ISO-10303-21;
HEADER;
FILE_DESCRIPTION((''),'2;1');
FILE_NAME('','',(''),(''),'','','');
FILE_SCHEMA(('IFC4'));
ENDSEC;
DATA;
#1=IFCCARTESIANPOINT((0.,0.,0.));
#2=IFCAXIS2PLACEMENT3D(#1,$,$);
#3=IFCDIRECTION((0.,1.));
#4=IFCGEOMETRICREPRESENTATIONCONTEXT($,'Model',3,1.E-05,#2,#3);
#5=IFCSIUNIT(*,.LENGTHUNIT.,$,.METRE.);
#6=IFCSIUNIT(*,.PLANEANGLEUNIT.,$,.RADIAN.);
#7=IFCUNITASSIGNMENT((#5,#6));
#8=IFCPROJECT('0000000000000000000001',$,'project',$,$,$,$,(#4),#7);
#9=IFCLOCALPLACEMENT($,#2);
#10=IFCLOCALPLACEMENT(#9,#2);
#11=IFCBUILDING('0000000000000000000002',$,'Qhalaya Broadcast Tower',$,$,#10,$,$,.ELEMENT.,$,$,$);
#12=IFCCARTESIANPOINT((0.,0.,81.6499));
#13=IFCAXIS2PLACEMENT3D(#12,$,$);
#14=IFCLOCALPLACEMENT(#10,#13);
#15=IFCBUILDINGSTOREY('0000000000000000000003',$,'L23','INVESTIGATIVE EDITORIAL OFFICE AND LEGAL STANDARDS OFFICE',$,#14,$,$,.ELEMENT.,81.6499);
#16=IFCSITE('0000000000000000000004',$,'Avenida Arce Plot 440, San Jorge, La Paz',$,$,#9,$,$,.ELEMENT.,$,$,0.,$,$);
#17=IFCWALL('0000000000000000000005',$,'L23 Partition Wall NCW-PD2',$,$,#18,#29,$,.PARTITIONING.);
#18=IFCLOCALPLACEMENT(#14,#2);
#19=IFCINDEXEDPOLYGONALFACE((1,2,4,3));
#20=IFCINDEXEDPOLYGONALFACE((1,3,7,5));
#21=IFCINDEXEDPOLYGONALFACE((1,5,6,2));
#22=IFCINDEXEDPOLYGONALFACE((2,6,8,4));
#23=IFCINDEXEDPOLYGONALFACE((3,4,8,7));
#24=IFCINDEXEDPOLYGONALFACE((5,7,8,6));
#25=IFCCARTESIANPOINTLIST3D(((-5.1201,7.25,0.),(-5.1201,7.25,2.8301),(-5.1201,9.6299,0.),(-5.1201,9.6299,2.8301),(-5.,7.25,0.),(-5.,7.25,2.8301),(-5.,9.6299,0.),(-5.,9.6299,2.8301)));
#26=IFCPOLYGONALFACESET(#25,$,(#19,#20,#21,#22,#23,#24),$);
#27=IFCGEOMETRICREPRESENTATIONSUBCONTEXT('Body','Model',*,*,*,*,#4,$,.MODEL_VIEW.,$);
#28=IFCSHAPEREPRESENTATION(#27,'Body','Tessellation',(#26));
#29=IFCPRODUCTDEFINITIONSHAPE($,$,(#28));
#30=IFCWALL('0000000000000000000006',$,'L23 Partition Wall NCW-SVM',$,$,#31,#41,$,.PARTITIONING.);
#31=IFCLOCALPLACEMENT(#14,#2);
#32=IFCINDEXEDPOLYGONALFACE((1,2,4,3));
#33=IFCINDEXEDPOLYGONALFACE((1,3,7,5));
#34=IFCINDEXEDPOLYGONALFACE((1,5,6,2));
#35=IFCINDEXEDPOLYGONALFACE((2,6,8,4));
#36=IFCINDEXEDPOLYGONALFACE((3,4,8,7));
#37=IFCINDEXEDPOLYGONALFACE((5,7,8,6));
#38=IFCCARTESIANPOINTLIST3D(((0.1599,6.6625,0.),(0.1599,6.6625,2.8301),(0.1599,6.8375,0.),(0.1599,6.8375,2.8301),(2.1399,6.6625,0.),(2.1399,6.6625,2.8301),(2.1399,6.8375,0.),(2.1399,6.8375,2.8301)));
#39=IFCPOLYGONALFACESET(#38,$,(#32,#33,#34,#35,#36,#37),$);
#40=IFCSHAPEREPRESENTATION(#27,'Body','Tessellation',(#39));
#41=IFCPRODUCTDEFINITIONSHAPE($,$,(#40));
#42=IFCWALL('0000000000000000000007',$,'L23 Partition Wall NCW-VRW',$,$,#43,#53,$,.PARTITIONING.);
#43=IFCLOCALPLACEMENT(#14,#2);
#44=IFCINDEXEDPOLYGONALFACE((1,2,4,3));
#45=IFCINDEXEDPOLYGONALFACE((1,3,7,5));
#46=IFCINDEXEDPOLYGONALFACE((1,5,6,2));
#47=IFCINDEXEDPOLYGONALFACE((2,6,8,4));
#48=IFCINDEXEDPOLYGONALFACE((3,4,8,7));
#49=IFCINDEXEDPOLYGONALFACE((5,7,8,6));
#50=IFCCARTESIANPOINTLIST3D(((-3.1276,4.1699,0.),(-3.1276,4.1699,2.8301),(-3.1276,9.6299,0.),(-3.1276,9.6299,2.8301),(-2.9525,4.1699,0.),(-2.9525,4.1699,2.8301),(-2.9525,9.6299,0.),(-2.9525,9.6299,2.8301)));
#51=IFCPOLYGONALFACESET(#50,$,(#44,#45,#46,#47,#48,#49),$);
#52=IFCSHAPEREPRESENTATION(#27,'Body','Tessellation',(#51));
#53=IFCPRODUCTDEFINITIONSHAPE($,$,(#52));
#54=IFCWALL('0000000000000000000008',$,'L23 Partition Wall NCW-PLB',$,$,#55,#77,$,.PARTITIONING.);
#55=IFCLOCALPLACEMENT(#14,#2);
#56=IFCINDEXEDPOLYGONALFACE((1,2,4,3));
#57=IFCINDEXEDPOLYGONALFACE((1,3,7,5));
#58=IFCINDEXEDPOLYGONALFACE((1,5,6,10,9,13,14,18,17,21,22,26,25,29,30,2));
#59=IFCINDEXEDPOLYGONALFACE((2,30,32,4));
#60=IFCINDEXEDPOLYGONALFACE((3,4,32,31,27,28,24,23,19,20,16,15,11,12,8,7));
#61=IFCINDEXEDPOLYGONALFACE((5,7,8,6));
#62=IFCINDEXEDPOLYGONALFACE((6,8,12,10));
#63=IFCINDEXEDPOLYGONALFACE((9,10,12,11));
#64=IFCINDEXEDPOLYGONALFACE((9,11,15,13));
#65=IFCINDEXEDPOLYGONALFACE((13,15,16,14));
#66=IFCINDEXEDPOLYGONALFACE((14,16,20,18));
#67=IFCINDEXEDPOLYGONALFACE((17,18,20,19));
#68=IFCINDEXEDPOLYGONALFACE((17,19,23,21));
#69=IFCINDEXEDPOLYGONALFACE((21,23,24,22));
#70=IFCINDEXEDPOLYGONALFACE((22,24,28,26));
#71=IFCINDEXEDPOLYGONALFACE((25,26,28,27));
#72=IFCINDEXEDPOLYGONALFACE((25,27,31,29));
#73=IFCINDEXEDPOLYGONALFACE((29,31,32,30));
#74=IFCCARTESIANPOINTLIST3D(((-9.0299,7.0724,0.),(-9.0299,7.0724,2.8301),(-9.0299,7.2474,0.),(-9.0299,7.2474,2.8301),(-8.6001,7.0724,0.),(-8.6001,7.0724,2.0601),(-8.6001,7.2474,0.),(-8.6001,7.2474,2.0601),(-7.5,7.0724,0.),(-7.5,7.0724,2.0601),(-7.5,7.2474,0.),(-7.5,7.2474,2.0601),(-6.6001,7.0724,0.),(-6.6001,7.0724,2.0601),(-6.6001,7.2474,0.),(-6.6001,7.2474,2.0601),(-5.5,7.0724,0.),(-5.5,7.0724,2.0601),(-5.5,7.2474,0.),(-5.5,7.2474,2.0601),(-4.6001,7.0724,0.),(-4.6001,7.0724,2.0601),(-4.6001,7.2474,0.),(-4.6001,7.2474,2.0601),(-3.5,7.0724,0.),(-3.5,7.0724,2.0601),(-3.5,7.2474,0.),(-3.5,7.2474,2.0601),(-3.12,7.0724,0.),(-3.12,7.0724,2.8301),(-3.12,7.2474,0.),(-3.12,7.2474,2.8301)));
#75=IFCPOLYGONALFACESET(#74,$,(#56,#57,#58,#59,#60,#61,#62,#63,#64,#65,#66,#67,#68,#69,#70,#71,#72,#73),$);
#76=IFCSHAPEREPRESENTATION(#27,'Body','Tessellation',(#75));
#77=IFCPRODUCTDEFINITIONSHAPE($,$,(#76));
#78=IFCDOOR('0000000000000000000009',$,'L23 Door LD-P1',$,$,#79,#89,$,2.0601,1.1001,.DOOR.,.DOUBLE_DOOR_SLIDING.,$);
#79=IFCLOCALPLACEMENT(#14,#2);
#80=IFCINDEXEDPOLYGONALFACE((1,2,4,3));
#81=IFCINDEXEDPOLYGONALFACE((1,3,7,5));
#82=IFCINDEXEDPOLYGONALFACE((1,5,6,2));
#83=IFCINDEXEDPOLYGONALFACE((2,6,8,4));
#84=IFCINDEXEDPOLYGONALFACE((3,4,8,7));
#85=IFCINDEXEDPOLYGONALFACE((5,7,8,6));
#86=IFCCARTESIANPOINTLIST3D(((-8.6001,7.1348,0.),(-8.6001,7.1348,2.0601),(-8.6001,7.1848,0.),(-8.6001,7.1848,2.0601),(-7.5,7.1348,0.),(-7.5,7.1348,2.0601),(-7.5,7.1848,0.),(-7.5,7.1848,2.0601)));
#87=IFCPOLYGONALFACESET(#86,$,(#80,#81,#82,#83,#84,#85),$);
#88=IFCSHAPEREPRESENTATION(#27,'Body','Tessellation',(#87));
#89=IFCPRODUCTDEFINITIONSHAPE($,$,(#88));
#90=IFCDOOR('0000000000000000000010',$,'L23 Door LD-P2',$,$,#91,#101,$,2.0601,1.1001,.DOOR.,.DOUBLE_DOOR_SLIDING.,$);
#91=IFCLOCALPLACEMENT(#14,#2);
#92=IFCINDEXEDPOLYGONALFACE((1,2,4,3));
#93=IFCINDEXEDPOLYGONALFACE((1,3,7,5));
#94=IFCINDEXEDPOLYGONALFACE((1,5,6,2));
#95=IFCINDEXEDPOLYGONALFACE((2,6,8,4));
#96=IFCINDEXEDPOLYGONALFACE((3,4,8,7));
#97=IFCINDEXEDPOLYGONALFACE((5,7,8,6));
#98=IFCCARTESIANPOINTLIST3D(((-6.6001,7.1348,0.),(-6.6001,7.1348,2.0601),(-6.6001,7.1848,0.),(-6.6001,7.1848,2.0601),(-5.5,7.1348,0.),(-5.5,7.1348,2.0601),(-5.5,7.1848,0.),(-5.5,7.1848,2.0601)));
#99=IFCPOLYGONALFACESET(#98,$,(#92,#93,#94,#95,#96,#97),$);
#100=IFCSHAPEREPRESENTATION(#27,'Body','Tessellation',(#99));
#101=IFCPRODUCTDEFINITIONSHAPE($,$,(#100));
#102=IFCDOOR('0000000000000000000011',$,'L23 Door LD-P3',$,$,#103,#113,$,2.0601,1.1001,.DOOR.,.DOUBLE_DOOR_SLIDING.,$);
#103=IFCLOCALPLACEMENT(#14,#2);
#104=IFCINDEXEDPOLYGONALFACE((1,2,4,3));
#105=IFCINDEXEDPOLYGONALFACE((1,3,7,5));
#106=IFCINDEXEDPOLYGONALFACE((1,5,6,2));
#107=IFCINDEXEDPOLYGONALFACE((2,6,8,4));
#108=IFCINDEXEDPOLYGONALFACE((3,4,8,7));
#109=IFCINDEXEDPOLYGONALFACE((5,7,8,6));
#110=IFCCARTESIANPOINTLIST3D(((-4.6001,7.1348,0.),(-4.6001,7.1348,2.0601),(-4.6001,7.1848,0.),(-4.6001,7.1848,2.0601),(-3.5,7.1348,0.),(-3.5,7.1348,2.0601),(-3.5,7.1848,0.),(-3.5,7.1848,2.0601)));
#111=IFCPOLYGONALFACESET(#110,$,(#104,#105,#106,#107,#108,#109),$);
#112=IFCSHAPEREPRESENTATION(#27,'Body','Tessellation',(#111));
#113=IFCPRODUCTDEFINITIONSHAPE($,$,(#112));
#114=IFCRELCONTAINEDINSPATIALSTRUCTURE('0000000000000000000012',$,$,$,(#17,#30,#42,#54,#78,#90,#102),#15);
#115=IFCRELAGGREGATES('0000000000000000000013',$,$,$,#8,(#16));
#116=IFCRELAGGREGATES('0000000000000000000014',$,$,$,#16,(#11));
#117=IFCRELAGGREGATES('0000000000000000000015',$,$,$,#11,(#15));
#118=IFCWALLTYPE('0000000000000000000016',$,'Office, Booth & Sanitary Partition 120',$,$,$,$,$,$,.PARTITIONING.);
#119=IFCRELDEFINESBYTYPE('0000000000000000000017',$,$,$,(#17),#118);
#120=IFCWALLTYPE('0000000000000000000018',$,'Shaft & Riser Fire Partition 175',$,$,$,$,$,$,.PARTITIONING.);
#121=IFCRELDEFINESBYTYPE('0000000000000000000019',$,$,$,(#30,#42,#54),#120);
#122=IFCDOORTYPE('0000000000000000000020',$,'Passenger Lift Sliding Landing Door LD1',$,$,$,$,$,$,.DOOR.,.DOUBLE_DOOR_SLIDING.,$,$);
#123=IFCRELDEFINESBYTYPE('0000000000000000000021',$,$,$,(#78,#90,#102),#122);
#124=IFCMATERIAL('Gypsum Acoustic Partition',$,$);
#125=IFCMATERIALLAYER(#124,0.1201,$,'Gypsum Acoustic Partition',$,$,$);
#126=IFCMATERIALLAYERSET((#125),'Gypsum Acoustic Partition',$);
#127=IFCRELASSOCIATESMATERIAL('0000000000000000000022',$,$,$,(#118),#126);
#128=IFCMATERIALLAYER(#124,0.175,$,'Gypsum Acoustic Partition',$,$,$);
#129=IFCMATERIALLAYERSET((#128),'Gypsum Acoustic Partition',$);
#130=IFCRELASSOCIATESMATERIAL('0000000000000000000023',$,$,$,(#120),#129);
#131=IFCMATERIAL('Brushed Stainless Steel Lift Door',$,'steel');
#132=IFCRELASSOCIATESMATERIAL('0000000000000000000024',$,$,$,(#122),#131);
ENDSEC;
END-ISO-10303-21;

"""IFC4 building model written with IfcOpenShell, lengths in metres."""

from ifc_helpers import new_model, si_unit, direction, frame, frame_2d, origin, place, context, subcontext, project, spatial, rectangle, extrude, material, layer, layer_set, type_object, element, fill, save


model = new_model("IFC4")

# Units and contexts
model_context = context("Model", 3, precision=1e-05, world=origin(), true_north=direction((0.0, 1.0)))
body_context = subcontext(model_context, "Body", "Model", "MODEL_VIEW")
ifc_project = project(units=[si_unit("LENGTHUNIT", "METRE"), si_unit("PLANEANGLEUNIT", "RADIAN")], contexts=[model_context])

# Site, building, storey
site_placement = place(None, origin())
site = spatial("IfcSite", under=ifc_project, at=site_placement, Name="Avenida Arce Plot 440, San Jorge, La Paz", CompositionType="ELEMENT", RefElevation=0.0)
building_placement = place(site_placement, origin())
building = spatial("IfcBuilding", under=site, at=building_placement, Name="Qhalaya Broadcast Tower", CompositionType="ELEMENT")
storey_placement = place(building_placement, frame((0.0, 0.0, 81.6499)))
storey = spatial("IfcBuildingStorey", under=building, at=storey_placement, Name="L23", Description="INVESTIGATIVE EDITORIAL OFFICE AND LEGAL STANDARDS OFFICE", CompositionType="ELEMENT", Elevation=81.6499)

# Shared definitions
ifc_material_1 = material(Name="Gypsum Acoustic Partition")

# Wall
ifc_layer_1 = layer(ifc_material_1, 0.1201, Name="Gypsum Acoustic Partition")
ifc_layer_set_1 = layer_set([ifc_layer_1], Name="Gypsum Acoustic Partition")
wall_type_1 = type_object("IfcWallType", Name="Office, Booth & Sanitary Partition 120", PredefinedType="PARTITIONING", material=ifc_layer_set_1)
for number, where, z_axis, x_axis, name in (
    (1, (-5.0601, 7.25, 0.0), (0.0, 0.0, 1.0), (0.0, 1.0, 0.0), "L23 Partition Wall NCW-PD2"),
):
    element("IfcWall", number, at=place(storey_placement, frame(where, z_axis=z_axis, x_axis=x_axis)), inside=storey, type_object=wall_type_1, Name=name, PredefinedType="PARTITIONING", context=body_context, shape_type="SweptSolid", body=[
        extrude(rectangle(XDim=2.3799, YDim=0.1201, at=frame_2d((1.1899, 0.0))), origin(), (0.0, 0.0, 1.0), 2.8301),
    ])

# Shared definitions
ifc_layer_2 = layer(ifc_material_1, 0.175, Name="Gypsum Acoustic Partition")
ifc_layer_set_2 = layer_set([ifc_layer_2], Name="Gypsum Acoustic Partition")
wall_type_2 = type_object("IfcWallType", Name="Shaft & Riser Fire Partition 175", PredefinedType="PARTITIONING", material=ifc_layer_set_2)
ifc_material_2 = material(Name="Brushed Stainless Steel Lift Door", Category="steel")

# Walls
wall_1_placement = place(storey_placement, frame((0.1599, 6.75, 0.0), z_axis=(0.0, 0.0, 1.0), x_axis=(1.0, 0.0, 0.0)))
element("IfcWall", 2, at=wall_1_placement, inside=storey, type_object=wall_type_2, Name="L23 Partition Wall NCW-SVM", PredefinedType="PARTITIONING", context=body_context, shape_type="SweptSolid", body=[
    extrude(rectangle(XDim=1.98, YDim=0.175, at=frame_2d((0.99, 0.0))), origin(), (0.0, 0.0, 1.0), 2.8301),
])
wall_2_placement = place(storey_placement, frame((-3.04, 4.1699, 0.0), z_axis=(0.0, 0.0, 1.0), x_axis=(0.0, 1.0, 0.0)))
element("IfcWall", 3, at=wall_2_placement, inside=storey, type_object=wall_type_2, Name="L23 Partition Wall NCW-VRW", PredefinedType="PARTITIONING", context=body_context, shape_type="SweptSolid", body=[
    extrude(rectangle(XDim=5.46, YDim=0.175, at=frame_2d((2.73, 0.0))), origin(), (0.0, 0.0, 1.0), 2.8301),
])

# Wall, openings, doors
wall_3_placement = place(storey_placement, frame((-9.03, 7.1599, 0.0), z_axis=(0.0, 0.0, 1.0), x_axis=(1.0, 0.0, 0.0)))
wall_3 = element("IfcWall", 4, at=wall_3_placement, inside=storey, type_object=wall_type_2, Name="L23 Partition Wall NCW-PLB", PredefinedType="PARTITIONING", context=body_context, shape_type="SweptSolid", body=[
    extrude(rectangle(XDim=5.9099, YDim=0.175, at=frame_2d((2.9551, 0.0))), origin(), (0.0, 0.0, 1.0), 2.8301),
])
opening_1_placement = place(wall_3_placement, frame((0.4299, 0.0, 0.0)))
opening_1 = element("IfcOpeningElement", 5, at=opening_1_placement, cuts=wall_3, PredefinedType="OPENING", context=body_context, shape_type="SweptSolid", body=[
    extrude(rectangle(XDim=1.1001, YDim=2.0601, at=frame_2d((0.55, 1.03))), frame((0.0, 0.0996, 0.0), z_axis=(0.0, -1.0, 0.0), x_axis=(1.0, 0.0, 0.0)), (0.0, 0.0, 1.0), 0.199),
])
opening_2_placement = place(wall_3_placement, frame((2.4299, 0.0, 0.0)))
opening_2 = element("IfcOpeningElement", 6, at=opening_2_placement, cuts=wall_3, PredefinedType="OPENING", context=body_context, shape_type="SweptSolid", body=[
    extrude(rectangle(XDim=1.1001, YDim=2.0601, at=frame_2d((0.55, 1.03))), frame((0.0, 0.0996, 0.0), z_axis=(0.0, -1.0, 0.0), x_axis=(1.0, 0.0, 0.0)), (0.0, 0.0, 1.0), 0.199),
])
opening_3_placement = place(wall_3_placement, frame((4.4299, 0.0, 0.0)))
opening_3 = element("IfcOpeningElement", 7, at=opening_3_placement, cuts=wall_3, PredefinedType="OPENING", context=body_context, shape_type="SweptSolid", body=[
    extrude(rectangle(XDim=1.1001, YDim=2.0601, at=frame_2d((0.55, 1.03))), frame((0.0, 0.0996, 0.0), z_axis=(0.0, -1.0, 0.0), x_axis=(1.0, 0.0, 0.0)), (0.0, 0.0, 1.0), 0.199),
])
door_type_1 = type_object("IfcDoorType", Name="Passenger Lift Sliding Landing Door LD1", OperationType="DOUBLE_DOOR_SLIDING", PredefinedType="DOOR", material=ifc_material_2)
door_1_placement = place(opening_1_placement, origin())
door_1 = element("IfcDoor", 8, at=door_1_placement, inside=storey, type_object=door_type_1, Name="L23 Door LD-P1", OperationType="DOUBLE_DOOR_SLIDING", OverallHeight=2.0601, OverallWidth=1.1001, PredefinedType="DOOR", context=body_context, shape_type="SweptSolid", body=[
    extrude(rectangle(XDim=1.1001, YDim=2.0601, at=frame_2d((0.55, 1.03))), frame((0.0, 0.0249, 0.0), z_axis=(0.0, -1.0, 0.0), x_axis=(1.0, 0.0, 0.0)), (0.0, 0.0, 1.0), 0.05),
])
fill(opening_1, door_1)
door_2_placement = place(opening_2_placement, origin())
door_2 = element("IfcDoor", 9, at=door_2_placement, inside=storey, type_object=door_type_1, Name="L23 Door LD-P2", OperationType="DOUBLE_DOOR_SLIDING", OverallHeight=2.0601, OverallWidth=1.1001, PredefinedType="DOOR", context=body_context, shape_type="SweptSolid", body=[
    extrude(rectangle(XDim=1.1001, YDim=2.0601, at=frame_2d((0.55, 1.03))), frame((0.0, 0.0249, 0.0), z_axis=(0.0, -1.0, 0.0), x_axis=(1.0, 0.0, 0.0)), (0.0, 0.0, 1.0), 0.05),
])
fill(opening_2, door_2)
door_3_placement = place(opening_3_placement, origin())
door_3 = element("IfcDoor", 10, at=door_3_placement, inside=storey, type_object=door_type_1, Name="L23 Door LD-P3", OperationType="DOUBLE_DOOR_SLIDING", OverallHeight=2.0601, OverallWidth=1.1001, PredefinedType="DOOR", context=body_context, shape_type="SweptSolid", body=[
    extrude(rectangle(XDim=1.1001, YDim=2.0601, at=frame_2d((0.55, 1.03))), frame((0.0, 0.0249, 0.0), z_axis=(0.0, -1.0, 0.0), x_axis=(1.0, 0.0, 0.0)), (0.0, 0.0, 1.0), 0.05),
])
fill(opening_3, door_3)

save(model, "model.ifc")
